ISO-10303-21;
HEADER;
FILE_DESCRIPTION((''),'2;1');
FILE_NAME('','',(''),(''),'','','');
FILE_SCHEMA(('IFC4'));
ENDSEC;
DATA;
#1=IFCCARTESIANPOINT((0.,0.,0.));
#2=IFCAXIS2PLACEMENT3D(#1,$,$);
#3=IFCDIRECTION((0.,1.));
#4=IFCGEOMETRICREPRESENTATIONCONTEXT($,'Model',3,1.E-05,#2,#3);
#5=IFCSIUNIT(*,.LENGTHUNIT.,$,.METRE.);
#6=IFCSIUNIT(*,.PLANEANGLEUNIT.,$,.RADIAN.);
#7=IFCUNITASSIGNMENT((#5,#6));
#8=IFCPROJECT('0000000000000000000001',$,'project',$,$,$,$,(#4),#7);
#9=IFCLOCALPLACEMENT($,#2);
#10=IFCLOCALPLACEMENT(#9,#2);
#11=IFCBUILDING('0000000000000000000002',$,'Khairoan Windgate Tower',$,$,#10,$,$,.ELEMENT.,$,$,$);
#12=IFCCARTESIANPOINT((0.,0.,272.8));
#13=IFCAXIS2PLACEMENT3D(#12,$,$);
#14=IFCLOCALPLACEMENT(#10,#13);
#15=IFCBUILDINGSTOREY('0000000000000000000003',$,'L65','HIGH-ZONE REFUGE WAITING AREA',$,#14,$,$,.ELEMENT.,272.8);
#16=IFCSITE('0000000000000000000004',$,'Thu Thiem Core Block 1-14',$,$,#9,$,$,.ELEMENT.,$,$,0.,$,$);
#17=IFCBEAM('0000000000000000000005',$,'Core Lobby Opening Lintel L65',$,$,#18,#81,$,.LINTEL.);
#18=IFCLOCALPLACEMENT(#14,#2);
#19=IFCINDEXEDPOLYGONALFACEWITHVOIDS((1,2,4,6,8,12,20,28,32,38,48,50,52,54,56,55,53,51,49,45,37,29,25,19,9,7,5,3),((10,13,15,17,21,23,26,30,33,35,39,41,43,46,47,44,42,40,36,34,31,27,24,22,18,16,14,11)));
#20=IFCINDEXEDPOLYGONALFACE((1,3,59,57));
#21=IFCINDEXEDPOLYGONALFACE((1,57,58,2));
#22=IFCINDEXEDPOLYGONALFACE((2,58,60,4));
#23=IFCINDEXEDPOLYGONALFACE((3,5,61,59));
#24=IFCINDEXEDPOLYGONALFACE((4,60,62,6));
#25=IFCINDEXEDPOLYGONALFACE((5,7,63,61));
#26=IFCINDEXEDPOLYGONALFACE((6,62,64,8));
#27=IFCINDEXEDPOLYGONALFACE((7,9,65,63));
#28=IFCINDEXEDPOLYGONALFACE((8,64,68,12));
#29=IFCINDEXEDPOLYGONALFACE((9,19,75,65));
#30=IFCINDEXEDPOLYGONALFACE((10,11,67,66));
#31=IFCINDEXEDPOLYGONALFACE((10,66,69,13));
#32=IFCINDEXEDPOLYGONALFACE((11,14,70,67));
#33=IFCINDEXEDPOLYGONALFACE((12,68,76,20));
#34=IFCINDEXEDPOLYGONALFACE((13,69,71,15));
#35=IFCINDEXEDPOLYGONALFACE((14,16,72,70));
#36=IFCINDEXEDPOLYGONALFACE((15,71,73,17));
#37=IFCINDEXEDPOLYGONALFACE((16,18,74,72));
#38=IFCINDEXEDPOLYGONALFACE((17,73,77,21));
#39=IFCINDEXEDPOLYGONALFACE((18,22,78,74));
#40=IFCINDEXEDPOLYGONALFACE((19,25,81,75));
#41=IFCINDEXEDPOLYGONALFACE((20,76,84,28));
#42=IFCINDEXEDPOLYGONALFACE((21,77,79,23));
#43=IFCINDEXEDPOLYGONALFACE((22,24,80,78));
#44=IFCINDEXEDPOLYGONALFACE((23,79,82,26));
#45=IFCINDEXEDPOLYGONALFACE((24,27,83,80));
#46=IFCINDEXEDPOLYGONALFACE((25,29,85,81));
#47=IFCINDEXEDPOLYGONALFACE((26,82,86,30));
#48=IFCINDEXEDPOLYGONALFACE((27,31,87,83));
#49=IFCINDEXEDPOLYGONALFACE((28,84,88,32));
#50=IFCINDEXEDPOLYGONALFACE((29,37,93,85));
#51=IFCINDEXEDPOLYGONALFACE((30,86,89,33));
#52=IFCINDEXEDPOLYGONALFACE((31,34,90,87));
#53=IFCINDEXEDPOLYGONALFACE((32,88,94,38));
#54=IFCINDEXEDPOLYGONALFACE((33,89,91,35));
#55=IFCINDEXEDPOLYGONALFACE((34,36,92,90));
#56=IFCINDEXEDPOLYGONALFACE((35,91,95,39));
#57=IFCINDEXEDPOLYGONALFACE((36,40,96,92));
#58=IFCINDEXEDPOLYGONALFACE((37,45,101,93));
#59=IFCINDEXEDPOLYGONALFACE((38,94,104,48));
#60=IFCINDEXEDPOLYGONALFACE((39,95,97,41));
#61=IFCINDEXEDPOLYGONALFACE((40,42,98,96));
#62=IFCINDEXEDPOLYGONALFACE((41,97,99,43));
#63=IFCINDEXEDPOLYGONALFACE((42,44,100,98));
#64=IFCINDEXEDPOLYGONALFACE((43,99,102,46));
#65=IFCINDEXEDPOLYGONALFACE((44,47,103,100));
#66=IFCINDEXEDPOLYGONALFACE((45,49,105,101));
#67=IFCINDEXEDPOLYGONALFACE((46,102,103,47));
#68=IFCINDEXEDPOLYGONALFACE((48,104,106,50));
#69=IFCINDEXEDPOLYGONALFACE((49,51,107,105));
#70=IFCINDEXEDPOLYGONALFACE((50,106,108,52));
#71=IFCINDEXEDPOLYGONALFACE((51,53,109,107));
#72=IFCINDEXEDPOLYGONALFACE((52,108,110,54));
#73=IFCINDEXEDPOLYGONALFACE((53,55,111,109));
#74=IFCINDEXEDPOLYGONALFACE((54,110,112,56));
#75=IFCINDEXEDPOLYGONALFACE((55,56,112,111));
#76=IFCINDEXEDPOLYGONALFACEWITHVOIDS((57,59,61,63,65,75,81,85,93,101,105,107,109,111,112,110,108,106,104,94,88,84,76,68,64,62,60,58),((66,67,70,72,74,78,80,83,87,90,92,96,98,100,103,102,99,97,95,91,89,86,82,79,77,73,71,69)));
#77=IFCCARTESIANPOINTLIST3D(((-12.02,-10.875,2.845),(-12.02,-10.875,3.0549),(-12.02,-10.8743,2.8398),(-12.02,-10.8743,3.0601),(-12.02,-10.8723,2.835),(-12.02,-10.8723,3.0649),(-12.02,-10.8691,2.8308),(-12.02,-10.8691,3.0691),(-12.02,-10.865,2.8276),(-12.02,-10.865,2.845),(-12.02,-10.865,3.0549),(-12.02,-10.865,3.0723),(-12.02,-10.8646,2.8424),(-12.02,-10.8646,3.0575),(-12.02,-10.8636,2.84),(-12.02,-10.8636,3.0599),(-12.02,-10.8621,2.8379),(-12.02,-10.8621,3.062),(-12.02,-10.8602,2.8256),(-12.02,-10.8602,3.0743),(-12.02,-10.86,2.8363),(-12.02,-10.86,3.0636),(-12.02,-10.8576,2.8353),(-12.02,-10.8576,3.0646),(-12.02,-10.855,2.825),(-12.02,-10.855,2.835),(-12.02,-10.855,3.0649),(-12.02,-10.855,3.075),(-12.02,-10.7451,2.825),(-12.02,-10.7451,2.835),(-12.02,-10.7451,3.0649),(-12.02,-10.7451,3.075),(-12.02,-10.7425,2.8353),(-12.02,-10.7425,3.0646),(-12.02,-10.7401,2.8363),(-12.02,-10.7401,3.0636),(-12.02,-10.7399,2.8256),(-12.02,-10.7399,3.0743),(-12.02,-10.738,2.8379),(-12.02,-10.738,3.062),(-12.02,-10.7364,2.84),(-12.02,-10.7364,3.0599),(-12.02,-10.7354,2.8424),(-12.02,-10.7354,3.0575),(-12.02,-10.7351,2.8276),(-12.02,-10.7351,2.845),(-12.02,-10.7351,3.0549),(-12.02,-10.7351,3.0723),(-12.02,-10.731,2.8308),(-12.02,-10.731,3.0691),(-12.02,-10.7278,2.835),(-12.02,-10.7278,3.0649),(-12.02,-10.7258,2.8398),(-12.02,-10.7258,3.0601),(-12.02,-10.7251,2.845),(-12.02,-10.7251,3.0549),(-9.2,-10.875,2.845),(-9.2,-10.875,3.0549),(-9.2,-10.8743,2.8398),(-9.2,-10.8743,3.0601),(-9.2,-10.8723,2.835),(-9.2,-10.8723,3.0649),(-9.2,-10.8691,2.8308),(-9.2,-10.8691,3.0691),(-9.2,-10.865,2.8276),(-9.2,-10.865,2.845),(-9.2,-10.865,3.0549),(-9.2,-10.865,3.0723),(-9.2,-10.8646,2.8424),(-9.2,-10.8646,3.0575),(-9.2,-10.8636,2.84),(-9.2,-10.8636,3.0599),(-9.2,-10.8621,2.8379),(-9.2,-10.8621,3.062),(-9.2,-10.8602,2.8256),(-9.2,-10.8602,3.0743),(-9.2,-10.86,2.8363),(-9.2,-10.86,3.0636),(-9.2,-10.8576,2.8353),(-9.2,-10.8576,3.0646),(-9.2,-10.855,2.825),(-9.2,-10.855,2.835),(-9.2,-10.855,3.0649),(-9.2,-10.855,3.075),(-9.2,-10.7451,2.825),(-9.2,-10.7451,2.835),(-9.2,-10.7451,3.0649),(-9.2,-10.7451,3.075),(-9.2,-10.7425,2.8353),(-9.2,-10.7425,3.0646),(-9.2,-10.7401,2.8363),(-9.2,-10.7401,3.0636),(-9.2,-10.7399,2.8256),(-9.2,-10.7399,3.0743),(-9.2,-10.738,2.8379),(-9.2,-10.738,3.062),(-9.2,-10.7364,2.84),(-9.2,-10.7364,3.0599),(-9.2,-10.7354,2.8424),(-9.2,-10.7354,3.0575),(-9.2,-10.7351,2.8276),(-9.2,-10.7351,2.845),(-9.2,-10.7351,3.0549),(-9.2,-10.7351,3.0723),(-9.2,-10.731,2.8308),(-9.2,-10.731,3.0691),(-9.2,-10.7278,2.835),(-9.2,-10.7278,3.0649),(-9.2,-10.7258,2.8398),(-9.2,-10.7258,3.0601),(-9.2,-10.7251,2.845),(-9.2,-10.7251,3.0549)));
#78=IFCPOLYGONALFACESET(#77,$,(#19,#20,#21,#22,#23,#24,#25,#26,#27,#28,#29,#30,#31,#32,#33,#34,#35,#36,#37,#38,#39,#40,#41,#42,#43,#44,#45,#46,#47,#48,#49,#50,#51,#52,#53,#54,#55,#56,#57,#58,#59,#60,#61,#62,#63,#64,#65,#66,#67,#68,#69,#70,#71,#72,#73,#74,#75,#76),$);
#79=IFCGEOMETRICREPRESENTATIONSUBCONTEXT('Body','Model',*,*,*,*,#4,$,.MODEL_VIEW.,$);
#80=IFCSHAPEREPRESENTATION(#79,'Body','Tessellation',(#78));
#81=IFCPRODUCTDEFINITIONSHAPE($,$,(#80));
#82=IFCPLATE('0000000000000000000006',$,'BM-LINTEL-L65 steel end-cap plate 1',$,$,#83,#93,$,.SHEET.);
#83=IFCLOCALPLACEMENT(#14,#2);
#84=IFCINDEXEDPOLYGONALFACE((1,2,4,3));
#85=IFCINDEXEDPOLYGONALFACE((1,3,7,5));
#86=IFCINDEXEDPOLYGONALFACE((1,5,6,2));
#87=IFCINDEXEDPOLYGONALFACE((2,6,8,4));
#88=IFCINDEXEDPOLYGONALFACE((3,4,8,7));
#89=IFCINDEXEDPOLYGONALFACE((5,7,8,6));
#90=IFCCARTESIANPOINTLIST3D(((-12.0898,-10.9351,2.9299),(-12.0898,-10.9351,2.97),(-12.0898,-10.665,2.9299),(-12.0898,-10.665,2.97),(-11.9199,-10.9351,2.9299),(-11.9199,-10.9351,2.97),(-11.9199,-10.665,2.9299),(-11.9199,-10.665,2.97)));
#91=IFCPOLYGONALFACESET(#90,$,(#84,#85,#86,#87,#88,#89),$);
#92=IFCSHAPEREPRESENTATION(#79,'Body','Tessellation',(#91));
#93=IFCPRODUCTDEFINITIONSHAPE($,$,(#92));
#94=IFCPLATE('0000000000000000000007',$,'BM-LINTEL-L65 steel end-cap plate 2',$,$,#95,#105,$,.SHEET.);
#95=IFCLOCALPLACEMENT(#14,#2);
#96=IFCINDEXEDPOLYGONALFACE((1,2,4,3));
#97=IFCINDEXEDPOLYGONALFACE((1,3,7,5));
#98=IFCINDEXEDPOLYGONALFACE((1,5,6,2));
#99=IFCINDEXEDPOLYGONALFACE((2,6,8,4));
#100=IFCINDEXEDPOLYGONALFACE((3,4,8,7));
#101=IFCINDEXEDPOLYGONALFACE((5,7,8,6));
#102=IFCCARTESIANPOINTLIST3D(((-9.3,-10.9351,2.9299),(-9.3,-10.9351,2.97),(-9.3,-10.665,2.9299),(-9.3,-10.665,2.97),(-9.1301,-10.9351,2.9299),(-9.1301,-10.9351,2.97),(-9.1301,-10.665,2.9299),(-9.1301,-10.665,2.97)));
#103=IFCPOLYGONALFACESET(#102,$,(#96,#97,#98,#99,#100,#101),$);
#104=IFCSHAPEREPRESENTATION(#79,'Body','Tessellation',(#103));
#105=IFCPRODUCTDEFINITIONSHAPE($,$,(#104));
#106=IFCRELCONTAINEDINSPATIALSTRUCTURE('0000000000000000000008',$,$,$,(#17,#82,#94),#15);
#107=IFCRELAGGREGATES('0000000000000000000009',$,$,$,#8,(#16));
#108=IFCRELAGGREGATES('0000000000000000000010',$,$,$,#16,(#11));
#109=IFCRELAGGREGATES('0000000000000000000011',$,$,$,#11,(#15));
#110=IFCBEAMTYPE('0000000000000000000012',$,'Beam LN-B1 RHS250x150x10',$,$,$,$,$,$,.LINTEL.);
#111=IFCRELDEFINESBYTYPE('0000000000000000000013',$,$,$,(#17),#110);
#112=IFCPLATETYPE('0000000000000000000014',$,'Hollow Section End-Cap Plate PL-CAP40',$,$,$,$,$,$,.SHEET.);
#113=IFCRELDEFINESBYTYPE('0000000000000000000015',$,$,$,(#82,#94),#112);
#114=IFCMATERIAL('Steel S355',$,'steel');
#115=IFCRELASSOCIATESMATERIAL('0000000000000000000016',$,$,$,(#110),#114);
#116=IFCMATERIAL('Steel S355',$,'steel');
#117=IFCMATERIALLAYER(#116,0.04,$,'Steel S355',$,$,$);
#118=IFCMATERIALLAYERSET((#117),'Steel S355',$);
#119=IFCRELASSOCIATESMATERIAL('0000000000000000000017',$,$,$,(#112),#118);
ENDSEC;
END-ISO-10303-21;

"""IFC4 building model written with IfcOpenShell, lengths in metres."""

from ifc_helpers import new_model, si_unit, direction, frame, origin, origin_2d, place, context, subcontext, project, spatial, rectangle, hollow_rectangle, extrude, material, layer, layer_set, material_profile, profile_set, type_object, element, save


model = new_model("IFC4")

# Units and contexts
model_context = context("Model", 3, precision=1e-05, world=origin(), true_north=direction((0.0, 1.0)))
body_context = subcontext(model_context, "Body", "Model", "MODEL_VIEW")
ifc_project = project(units=[si_unit("LENGTHUNIT", "METRE"), si_unit("PLANEANGLEUNIT", "RADIAN")], contexts=[model_context])

# Site, building, storey
site_placement = place(None, origin())
site = spatial("IfcSite", under=ifc_project, at=site_placement, Name="Thu Thiem Core Block 1-14", CompositionType="ELEMENT", RefElevation=0.0)
building_placement = place(site_placement, origin())
building = spatial("IfcBuilding", under=site, at=building_placement, Name="Khairoan Windgate Tower", CompositionType="ELEMENT")
storey_placement = place(building_placement, frame((0.0, 0.0, 272.8)))
storey = spatial("IfcBuildingStorey", under=building, at=storey_placement, Name="L65", Description="HIGH-ZONE REFUGE WAITING AREA", CompositionType="ELEMENT", Elevation=272.8)

# Beam
ifc_material_1 = material(Name="Steel S355", Category="steel")
ifc_material_profile_1 = material_profile(ifc_material_1, hollow_rectangle(XDim=0.1499, YDim=0.25, WallThickness=0.01, InnerFilletRadius=0.01, OuterFilletRadius=0.02, at=origin_2d()))
ifc_profile_set_1 = profile_set([ifc_material_profile_1], Name="Steel S355")
beam_type_1 = type_object("IfcBeamType", Name="Beam LN-B1 RHS250x150x10", PredefinedType="LINTEL", material=ifc_profile_set_1)
beam_1_placement = place(storey_placement, frame((-12.02, -10.8, 2.95), z_axis=(1.0, 0.0, 0.0), x_axis=(0.0, 1.0, 0.0)))
element("IfcBeam", 1, at=beam_1_placement, inside=storey, type_object=beam_type_1, Name="Core Lobby Opening Lintel L65", PredefinedType="LINTEL", context=body_context, shape_type="SweptSolid", body=[
    extrude(hollow_rectangle(XDim=0.1499, YDim=0.25, WallThickness=0.01, InnerFilletRadius=0.01, OuterFilletRadius=0.02, at=origin_2d()), origin(), (0.0, 0.0, 1.0), 2.8201),
])

# Plates
ifc_material_2 = material(Name="Steel S355", Category="steel")
ifc_layer_1 = layer(ifc_material_2, 0.04, Name="Steel S355")
ifc_layer_set_1 = layer_set([ifc_layer_1], Name="Steel S355")
plate_type = type_object("IfcPlateType", Name="Hollow Section End-Cap Plate PL-CAP40", PredefinedType="SHEET", material=ifc_layer_set_1)
for number, where, z_axis, x_axis, name in (
    (2, (-12.0049, -10.8, 2.9299), (0.0, 0.0, 1.0), (1.0, 0.0, 0.0), "BM-LINTEL-L65 steel end-cap plate 1"),
    (3, (-9.2151, -10.8, 2.9299), (0.0, 0.0, 1.0), (1.0, 0.0, 0.0), "BM-LINTEL-L65 steel end-cap plate 2"),
):
    element("IfcPlate", number, at=place(storey_placement, frame(where, z_axis=z_axis, x_axis=x_axis)), inside=storey, type_object=plate_type, Name=name, PredefinedType="SHEET", context=body_context, shape_type="SweptSolid", body=[
        extrude(rectangle(XDim=0.1699, YDim=0.27, at=origin_2d()), origin(), (0.0, 0.0, 1.0), 0.04),
    ])

save(model, "model.ifc")
